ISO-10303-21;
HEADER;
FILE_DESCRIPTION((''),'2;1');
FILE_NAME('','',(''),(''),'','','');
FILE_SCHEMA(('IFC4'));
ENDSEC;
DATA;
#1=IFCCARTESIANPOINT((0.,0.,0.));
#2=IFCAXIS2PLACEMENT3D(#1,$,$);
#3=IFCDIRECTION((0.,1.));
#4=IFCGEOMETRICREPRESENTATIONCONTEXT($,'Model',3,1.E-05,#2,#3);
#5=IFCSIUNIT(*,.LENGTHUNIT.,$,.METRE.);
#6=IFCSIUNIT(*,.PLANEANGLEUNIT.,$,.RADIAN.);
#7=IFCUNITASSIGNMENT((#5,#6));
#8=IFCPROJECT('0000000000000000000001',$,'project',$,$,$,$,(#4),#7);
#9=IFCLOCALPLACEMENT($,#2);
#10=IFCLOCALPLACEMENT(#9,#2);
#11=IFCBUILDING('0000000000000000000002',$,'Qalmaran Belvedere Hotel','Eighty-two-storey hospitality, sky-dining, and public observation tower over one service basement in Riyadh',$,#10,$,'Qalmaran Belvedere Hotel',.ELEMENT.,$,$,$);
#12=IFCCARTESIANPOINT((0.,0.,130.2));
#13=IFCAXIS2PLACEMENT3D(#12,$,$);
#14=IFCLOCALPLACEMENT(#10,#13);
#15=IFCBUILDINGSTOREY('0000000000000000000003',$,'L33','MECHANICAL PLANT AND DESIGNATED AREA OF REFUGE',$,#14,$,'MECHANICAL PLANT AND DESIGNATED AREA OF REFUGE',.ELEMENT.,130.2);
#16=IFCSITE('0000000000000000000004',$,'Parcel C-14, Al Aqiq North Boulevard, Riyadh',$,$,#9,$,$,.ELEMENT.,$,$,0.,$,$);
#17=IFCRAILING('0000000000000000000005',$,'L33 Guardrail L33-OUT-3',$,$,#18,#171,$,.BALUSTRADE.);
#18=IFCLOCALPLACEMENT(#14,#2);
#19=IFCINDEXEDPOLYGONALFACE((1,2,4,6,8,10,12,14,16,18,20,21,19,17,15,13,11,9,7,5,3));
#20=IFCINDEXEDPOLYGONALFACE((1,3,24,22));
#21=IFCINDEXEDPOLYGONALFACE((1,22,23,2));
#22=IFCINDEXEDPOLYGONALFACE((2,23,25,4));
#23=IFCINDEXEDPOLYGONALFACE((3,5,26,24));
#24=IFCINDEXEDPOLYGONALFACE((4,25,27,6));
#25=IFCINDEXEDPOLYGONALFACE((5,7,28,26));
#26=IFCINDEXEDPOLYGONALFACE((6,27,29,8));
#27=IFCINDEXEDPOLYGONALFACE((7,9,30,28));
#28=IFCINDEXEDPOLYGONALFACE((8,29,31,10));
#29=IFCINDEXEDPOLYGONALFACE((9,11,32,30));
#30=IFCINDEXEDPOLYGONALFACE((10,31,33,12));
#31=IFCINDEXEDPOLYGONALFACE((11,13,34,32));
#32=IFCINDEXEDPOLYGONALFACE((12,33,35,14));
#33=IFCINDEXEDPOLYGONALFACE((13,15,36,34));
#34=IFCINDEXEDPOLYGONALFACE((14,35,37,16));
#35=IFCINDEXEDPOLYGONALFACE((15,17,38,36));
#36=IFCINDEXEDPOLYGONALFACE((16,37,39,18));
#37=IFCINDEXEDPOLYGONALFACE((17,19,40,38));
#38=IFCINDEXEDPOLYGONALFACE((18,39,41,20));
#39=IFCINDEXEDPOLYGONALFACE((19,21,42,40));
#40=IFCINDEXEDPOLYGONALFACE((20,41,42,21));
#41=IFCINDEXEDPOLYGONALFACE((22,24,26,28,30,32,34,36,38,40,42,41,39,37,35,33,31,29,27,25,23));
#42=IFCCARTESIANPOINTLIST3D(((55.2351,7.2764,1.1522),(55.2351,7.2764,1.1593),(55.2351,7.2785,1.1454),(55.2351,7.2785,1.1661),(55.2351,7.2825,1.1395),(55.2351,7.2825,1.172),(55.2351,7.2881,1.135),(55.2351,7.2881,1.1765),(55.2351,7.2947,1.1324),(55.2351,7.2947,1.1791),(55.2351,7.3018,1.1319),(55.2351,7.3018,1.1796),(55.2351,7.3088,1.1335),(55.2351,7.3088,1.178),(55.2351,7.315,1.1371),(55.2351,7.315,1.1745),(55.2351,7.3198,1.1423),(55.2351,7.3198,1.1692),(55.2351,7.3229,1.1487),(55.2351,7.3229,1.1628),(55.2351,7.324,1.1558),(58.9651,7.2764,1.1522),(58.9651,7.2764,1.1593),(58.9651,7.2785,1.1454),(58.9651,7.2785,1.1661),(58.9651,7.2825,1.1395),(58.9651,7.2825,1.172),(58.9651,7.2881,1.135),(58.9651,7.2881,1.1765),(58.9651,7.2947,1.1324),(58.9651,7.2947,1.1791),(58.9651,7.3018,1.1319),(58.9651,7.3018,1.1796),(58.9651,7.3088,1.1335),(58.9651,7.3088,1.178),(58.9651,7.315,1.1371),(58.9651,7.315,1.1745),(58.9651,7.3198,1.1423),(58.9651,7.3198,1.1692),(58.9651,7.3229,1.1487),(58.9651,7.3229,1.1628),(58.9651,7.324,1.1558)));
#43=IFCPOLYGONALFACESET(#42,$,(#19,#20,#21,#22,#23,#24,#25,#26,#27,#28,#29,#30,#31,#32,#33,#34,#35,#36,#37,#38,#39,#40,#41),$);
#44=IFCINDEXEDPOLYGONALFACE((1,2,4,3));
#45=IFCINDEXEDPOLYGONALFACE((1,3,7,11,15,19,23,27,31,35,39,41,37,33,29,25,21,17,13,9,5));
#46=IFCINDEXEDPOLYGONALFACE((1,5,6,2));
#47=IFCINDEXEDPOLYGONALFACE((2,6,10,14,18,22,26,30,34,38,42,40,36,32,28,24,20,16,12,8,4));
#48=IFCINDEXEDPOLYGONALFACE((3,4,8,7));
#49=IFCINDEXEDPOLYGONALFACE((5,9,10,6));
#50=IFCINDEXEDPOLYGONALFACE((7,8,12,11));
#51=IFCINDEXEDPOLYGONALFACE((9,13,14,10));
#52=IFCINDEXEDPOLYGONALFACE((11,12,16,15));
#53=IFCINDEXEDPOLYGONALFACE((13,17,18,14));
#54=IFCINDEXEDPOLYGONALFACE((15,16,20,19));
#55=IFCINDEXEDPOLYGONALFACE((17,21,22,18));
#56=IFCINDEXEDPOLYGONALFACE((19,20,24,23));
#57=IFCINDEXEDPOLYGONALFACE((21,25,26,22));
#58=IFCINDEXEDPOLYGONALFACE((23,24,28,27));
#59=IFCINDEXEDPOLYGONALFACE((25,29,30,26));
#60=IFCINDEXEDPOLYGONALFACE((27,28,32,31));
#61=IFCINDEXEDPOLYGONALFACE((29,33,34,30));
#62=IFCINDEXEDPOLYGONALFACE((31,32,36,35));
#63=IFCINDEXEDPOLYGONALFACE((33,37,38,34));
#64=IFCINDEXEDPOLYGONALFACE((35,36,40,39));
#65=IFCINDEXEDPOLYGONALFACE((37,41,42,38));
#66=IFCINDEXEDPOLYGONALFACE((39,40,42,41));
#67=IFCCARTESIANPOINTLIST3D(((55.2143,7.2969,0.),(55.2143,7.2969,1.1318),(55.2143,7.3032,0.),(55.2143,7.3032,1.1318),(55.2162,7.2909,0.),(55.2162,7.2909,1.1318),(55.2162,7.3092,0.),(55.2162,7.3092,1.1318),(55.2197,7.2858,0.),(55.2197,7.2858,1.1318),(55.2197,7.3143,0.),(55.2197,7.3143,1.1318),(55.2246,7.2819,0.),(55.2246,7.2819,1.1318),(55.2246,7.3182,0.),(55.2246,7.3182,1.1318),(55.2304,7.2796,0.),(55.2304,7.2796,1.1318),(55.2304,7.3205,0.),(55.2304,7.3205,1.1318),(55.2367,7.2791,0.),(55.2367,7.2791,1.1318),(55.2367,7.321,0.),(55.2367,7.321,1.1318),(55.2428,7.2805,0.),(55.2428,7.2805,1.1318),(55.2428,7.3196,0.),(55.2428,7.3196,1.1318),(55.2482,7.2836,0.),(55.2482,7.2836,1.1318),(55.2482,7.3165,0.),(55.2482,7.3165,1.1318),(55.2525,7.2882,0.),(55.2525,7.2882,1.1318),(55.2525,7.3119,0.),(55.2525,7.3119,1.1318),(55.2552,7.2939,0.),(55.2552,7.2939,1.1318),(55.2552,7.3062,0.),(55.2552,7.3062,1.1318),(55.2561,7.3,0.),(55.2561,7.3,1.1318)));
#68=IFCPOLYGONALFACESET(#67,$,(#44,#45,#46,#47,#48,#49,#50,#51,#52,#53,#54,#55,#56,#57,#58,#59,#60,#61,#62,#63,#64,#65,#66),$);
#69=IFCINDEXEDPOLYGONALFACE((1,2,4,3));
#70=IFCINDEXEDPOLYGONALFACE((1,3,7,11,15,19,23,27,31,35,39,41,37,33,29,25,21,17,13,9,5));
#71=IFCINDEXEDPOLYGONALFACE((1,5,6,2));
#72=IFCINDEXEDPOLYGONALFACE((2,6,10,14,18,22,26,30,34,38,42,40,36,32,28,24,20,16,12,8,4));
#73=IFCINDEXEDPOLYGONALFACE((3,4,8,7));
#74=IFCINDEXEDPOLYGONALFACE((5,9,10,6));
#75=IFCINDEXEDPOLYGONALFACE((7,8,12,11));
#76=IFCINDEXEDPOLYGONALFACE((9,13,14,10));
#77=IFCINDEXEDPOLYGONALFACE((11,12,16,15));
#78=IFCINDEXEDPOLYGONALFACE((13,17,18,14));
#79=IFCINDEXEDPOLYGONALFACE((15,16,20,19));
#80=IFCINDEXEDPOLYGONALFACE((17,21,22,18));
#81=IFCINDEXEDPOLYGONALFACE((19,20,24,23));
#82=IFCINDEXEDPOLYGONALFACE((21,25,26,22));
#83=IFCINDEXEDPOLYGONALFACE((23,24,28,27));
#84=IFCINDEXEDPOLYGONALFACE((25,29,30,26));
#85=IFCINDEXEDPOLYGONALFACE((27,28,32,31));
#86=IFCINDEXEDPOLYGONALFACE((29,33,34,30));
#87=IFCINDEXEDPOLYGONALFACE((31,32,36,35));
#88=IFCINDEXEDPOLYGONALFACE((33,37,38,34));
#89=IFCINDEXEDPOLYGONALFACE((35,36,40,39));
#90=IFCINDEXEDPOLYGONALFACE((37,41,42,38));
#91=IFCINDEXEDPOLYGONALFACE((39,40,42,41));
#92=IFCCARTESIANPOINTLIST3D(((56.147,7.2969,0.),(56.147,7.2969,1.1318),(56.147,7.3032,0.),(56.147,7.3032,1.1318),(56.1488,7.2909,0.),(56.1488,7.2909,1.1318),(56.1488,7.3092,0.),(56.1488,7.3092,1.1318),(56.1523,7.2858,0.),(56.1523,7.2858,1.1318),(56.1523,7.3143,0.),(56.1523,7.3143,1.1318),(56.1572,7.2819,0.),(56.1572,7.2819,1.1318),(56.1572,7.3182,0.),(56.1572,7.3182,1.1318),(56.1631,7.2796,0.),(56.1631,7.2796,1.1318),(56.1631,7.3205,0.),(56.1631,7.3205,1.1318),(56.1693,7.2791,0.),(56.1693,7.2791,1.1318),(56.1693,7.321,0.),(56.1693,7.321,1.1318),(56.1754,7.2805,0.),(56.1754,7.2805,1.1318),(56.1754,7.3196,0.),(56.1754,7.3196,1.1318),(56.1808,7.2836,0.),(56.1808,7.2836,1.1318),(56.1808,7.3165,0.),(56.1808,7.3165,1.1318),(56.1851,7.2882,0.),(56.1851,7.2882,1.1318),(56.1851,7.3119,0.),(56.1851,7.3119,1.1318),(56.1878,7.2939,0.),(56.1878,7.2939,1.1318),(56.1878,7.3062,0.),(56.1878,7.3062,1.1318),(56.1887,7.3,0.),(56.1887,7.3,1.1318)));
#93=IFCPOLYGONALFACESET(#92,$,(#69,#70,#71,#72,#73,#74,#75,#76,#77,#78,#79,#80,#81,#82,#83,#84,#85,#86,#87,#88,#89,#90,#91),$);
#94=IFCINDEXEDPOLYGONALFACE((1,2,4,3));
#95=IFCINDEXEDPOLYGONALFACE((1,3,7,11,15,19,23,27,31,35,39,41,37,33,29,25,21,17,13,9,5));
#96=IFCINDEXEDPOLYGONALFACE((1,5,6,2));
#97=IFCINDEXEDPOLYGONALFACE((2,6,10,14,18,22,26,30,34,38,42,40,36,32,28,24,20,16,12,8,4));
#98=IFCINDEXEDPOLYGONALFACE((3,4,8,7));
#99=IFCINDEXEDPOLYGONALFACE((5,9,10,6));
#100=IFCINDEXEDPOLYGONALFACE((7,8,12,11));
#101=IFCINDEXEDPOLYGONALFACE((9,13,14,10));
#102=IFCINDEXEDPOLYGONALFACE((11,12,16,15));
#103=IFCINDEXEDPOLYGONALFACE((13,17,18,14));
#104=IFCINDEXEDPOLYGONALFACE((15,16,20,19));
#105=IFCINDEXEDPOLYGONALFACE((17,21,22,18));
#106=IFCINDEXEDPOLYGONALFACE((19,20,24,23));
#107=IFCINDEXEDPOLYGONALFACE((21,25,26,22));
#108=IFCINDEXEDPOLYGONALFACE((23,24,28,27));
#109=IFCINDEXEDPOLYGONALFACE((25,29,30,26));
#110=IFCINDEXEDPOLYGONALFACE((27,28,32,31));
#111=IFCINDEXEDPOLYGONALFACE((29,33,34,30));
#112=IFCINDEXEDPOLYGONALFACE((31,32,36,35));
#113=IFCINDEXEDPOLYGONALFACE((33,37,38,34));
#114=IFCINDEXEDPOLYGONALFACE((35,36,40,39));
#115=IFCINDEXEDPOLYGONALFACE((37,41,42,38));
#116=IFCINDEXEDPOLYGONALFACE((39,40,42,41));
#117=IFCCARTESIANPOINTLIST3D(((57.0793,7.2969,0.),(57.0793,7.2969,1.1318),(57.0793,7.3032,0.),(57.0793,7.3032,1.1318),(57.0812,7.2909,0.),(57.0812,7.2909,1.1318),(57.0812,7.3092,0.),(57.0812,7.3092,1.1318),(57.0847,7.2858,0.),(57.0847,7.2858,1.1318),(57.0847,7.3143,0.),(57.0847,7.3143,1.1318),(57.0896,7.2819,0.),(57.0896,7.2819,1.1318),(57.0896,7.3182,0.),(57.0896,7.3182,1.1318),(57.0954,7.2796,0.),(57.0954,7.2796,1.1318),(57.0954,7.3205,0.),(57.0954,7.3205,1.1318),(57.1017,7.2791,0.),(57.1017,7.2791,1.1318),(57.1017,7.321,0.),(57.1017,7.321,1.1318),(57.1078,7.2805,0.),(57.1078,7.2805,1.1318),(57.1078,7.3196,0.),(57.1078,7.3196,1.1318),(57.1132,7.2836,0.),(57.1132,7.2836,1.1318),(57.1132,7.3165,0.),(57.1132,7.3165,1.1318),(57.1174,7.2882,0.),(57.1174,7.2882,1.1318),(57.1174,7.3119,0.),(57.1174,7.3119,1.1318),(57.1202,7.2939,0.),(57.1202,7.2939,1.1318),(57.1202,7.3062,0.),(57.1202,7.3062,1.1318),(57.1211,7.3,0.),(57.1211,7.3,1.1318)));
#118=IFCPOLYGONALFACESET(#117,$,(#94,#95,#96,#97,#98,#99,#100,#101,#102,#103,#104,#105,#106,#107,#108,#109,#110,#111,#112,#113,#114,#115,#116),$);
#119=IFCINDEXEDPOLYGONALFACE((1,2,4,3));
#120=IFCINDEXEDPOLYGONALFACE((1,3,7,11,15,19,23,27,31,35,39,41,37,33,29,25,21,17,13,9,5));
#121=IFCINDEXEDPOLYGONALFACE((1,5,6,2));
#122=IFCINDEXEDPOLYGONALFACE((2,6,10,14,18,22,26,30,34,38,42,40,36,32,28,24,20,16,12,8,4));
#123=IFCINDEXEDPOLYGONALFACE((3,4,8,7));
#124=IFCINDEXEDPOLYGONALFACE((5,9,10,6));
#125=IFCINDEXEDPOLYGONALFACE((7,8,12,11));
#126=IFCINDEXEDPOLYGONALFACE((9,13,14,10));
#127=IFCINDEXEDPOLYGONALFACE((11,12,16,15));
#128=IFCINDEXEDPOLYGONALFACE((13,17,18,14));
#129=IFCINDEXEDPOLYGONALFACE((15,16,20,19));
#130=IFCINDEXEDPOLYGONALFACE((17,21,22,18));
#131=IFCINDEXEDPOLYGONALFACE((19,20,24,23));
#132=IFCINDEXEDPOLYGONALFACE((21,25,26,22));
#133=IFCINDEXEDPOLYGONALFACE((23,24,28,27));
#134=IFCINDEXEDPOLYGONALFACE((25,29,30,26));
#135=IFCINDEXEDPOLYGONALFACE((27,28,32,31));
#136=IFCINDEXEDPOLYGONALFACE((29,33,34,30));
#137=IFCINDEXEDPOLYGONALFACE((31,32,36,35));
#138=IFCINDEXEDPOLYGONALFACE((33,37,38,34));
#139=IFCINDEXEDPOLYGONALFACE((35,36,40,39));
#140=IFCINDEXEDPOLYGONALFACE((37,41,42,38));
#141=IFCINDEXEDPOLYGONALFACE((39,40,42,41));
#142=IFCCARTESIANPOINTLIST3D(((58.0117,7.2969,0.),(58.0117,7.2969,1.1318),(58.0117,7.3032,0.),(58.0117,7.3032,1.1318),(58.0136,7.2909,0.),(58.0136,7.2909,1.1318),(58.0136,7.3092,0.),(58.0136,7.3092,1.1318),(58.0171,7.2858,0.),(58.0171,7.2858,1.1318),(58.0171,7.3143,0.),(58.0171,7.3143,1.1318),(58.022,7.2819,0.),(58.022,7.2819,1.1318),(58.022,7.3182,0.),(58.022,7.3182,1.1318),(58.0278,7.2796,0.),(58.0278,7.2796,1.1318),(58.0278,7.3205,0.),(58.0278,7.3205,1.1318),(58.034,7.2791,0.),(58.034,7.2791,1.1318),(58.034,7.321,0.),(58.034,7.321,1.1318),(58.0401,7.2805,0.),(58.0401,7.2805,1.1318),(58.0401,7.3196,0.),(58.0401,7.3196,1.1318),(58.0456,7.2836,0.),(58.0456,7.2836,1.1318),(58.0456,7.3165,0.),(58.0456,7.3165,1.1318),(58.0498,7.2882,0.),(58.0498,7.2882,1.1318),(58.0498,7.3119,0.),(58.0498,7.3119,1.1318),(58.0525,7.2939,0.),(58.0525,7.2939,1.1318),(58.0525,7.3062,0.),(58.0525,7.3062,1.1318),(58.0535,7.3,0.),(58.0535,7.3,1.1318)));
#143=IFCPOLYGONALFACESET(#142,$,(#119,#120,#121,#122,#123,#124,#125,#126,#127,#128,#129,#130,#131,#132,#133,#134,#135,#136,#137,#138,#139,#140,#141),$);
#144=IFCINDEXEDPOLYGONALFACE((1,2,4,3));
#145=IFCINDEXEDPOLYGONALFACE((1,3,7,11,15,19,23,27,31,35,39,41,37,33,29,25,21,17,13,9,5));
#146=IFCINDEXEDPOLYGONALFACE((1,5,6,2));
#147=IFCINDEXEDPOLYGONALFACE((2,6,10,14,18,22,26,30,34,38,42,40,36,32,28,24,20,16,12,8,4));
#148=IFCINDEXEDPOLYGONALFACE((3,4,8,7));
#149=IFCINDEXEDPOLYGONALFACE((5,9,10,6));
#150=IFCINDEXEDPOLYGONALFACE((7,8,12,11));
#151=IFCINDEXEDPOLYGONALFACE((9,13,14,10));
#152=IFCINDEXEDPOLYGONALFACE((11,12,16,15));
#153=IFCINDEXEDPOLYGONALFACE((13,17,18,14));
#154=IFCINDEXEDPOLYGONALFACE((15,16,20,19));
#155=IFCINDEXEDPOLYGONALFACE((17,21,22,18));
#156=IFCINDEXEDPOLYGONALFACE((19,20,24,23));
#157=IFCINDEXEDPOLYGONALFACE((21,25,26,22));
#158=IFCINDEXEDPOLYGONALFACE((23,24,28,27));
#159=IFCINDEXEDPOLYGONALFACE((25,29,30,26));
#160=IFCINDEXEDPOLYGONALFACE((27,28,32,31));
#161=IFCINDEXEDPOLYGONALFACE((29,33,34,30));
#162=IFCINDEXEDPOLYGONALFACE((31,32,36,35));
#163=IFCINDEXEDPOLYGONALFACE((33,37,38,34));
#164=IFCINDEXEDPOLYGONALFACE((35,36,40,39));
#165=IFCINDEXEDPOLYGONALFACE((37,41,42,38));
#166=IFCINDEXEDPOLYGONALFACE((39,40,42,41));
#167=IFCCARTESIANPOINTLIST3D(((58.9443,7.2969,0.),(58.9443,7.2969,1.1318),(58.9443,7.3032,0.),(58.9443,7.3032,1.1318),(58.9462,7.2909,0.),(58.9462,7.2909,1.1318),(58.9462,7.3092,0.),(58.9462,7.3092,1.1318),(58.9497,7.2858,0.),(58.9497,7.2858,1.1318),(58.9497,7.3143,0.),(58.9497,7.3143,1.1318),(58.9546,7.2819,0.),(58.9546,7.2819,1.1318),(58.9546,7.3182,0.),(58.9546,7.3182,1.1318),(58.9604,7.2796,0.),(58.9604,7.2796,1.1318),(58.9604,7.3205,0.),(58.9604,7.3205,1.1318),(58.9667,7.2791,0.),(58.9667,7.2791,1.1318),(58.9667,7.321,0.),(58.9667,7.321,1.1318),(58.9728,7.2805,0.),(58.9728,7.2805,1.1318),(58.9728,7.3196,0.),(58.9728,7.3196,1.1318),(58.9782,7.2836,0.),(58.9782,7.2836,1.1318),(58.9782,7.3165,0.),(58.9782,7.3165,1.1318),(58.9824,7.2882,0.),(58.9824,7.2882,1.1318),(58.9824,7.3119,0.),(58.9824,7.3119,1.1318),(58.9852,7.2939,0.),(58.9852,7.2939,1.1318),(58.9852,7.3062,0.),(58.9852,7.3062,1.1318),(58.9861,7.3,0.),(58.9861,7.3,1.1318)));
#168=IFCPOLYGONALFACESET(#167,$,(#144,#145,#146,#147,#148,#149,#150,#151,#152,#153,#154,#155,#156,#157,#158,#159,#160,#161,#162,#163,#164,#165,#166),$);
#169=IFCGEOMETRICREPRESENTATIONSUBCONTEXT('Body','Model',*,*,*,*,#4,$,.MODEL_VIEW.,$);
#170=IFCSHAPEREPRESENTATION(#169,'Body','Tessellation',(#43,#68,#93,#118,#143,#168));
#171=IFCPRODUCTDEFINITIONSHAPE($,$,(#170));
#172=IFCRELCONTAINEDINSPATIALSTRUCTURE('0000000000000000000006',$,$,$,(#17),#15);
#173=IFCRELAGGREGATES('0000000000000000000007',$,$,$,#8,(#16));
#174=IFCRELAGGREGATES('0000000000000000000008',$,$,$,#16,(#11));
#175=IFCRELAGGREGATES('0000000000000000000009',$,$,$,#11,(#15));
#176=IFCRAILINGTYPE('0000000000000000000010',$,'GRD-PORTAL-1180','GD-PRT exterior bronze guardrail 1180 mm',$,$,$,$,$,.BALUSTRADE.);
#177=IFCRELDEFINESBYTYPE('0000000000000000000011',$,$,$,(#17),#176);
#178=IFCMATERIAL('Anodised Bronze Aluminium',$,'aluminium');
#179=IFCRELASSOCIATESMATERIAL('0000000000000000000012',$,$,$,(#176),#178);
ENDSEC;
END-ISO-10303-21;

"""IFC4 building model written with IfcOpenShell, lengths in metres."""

from ifc_helpers import new_model, si_unit, direction, frame, origin, origin_2d, place, context, subcontext, project, spatial, circle, extrude, material, type_object, element, save


model = new_model("IFC4")

# Units and contexts
model_context = context("Model", 3, precision=1e-05, world=origin(), true_north=direction((0.0, 1.0)))
body_context = subcontext(model_context, "Body", "Model", "MODEL_VIEW")
ifc_project = project(units=[si_unit("LENGTHUNIT", "METRE"), si_unit("PLANEANGLEUNIT", "RADIAN")], contexts=[model_context])

# Site, building, storey
site_placement = place(None, origin())
site = spatial("IfcSite", under=ifc_project, at=site_placement, Name="Parcel C-14, Al Aqiq North Boulevard, Riyadh", CompositionType="ELEMENT", RefElevation=0.0)
building_placement = place(site_placement, origin())
building = spatial("IfcBuilding", under=site, at=building_placement, Name="Qalmaran Belvedere Hotel", Description="Eighty-two-storey hospitality, sky-dining, and public observation tower over one service basement in Riyadh", LongName="Qalmaran Belvedere Hotel", CompositionType="ELEMENT")
storey_placement = place(building_placement, frame((0.0, 0.0, 130.2)))
storey = spatial("IfcBuildingStorey", under=building, at=storey_placement, Name="L33", Description="MECHANICAL PLANT AND DESIGNATED AREA OF REFUGE", LongName="MECHANICAL PLANT AND DESIGNATED AREA OF REFUGE", CompositionType="ELEMENT", Elevation=130.2)

# Railing
ifc_material_1 = material(Name="Anodised Bronze Aluminium", Category="aluminium")
railing_type_1 = type_object("IfcRailingType", Name="GRD-PORTAL-1180", Description="GD-PRT exterior bronze guardrail 1180 mm", PredefinedType="BALUSTRADE", material=ifc_material_1)
railing_1_placement = place(storey_placement, frame((55.2351, 7.3, 0.0)))
element("IfcRailing", 1, at=railing_1_placement, inside=storey, type_object=railing_type_1, Name="L33 Guardrail L33-OUT-3", PredefinedType="BALUSTRADE", context=body_context, shape_type="SweptSolid", body=[
    extrude(circle(Radius=0.0239, at=origin_2d()), frame((0.0, 0.0, 1.1558), z_axis=(1.0, 0.0, 0.0), x_axis=(0.0, 1.0, 0.0)), (0.0, 0.0, 1.0), 3.73),
    extrude(circle(Radius=0.021, at=origin_2d()), origin(), (0.0, 0.0, 1.0), 1.1318),
    extrude(circle(Radius=0.021, at=origin_2d()), frame((0.9326, 0.0, 0.0)), (0.0, 0.0, 1.0), 1.1318),
    extrude(circle(Radius=0.021, at=origin_2d()), frame((1.865, 0.0, 0.0)), (0.0, 0.0, 1.0), 1.1318),
    extrude(circle(Radius=0.021, at=origin_2d()), frame((2.7974, 0.0, 0.0)), (0.0, 0.0, 1.0), 1.1318),
    extrude(circle(Radius=0.021, at=origin_2d()), frame((3.73, 0.0, 0.0)), (0.0, 0.0, 1.0), 1.1318),
])

save(model, "model.ifc")
